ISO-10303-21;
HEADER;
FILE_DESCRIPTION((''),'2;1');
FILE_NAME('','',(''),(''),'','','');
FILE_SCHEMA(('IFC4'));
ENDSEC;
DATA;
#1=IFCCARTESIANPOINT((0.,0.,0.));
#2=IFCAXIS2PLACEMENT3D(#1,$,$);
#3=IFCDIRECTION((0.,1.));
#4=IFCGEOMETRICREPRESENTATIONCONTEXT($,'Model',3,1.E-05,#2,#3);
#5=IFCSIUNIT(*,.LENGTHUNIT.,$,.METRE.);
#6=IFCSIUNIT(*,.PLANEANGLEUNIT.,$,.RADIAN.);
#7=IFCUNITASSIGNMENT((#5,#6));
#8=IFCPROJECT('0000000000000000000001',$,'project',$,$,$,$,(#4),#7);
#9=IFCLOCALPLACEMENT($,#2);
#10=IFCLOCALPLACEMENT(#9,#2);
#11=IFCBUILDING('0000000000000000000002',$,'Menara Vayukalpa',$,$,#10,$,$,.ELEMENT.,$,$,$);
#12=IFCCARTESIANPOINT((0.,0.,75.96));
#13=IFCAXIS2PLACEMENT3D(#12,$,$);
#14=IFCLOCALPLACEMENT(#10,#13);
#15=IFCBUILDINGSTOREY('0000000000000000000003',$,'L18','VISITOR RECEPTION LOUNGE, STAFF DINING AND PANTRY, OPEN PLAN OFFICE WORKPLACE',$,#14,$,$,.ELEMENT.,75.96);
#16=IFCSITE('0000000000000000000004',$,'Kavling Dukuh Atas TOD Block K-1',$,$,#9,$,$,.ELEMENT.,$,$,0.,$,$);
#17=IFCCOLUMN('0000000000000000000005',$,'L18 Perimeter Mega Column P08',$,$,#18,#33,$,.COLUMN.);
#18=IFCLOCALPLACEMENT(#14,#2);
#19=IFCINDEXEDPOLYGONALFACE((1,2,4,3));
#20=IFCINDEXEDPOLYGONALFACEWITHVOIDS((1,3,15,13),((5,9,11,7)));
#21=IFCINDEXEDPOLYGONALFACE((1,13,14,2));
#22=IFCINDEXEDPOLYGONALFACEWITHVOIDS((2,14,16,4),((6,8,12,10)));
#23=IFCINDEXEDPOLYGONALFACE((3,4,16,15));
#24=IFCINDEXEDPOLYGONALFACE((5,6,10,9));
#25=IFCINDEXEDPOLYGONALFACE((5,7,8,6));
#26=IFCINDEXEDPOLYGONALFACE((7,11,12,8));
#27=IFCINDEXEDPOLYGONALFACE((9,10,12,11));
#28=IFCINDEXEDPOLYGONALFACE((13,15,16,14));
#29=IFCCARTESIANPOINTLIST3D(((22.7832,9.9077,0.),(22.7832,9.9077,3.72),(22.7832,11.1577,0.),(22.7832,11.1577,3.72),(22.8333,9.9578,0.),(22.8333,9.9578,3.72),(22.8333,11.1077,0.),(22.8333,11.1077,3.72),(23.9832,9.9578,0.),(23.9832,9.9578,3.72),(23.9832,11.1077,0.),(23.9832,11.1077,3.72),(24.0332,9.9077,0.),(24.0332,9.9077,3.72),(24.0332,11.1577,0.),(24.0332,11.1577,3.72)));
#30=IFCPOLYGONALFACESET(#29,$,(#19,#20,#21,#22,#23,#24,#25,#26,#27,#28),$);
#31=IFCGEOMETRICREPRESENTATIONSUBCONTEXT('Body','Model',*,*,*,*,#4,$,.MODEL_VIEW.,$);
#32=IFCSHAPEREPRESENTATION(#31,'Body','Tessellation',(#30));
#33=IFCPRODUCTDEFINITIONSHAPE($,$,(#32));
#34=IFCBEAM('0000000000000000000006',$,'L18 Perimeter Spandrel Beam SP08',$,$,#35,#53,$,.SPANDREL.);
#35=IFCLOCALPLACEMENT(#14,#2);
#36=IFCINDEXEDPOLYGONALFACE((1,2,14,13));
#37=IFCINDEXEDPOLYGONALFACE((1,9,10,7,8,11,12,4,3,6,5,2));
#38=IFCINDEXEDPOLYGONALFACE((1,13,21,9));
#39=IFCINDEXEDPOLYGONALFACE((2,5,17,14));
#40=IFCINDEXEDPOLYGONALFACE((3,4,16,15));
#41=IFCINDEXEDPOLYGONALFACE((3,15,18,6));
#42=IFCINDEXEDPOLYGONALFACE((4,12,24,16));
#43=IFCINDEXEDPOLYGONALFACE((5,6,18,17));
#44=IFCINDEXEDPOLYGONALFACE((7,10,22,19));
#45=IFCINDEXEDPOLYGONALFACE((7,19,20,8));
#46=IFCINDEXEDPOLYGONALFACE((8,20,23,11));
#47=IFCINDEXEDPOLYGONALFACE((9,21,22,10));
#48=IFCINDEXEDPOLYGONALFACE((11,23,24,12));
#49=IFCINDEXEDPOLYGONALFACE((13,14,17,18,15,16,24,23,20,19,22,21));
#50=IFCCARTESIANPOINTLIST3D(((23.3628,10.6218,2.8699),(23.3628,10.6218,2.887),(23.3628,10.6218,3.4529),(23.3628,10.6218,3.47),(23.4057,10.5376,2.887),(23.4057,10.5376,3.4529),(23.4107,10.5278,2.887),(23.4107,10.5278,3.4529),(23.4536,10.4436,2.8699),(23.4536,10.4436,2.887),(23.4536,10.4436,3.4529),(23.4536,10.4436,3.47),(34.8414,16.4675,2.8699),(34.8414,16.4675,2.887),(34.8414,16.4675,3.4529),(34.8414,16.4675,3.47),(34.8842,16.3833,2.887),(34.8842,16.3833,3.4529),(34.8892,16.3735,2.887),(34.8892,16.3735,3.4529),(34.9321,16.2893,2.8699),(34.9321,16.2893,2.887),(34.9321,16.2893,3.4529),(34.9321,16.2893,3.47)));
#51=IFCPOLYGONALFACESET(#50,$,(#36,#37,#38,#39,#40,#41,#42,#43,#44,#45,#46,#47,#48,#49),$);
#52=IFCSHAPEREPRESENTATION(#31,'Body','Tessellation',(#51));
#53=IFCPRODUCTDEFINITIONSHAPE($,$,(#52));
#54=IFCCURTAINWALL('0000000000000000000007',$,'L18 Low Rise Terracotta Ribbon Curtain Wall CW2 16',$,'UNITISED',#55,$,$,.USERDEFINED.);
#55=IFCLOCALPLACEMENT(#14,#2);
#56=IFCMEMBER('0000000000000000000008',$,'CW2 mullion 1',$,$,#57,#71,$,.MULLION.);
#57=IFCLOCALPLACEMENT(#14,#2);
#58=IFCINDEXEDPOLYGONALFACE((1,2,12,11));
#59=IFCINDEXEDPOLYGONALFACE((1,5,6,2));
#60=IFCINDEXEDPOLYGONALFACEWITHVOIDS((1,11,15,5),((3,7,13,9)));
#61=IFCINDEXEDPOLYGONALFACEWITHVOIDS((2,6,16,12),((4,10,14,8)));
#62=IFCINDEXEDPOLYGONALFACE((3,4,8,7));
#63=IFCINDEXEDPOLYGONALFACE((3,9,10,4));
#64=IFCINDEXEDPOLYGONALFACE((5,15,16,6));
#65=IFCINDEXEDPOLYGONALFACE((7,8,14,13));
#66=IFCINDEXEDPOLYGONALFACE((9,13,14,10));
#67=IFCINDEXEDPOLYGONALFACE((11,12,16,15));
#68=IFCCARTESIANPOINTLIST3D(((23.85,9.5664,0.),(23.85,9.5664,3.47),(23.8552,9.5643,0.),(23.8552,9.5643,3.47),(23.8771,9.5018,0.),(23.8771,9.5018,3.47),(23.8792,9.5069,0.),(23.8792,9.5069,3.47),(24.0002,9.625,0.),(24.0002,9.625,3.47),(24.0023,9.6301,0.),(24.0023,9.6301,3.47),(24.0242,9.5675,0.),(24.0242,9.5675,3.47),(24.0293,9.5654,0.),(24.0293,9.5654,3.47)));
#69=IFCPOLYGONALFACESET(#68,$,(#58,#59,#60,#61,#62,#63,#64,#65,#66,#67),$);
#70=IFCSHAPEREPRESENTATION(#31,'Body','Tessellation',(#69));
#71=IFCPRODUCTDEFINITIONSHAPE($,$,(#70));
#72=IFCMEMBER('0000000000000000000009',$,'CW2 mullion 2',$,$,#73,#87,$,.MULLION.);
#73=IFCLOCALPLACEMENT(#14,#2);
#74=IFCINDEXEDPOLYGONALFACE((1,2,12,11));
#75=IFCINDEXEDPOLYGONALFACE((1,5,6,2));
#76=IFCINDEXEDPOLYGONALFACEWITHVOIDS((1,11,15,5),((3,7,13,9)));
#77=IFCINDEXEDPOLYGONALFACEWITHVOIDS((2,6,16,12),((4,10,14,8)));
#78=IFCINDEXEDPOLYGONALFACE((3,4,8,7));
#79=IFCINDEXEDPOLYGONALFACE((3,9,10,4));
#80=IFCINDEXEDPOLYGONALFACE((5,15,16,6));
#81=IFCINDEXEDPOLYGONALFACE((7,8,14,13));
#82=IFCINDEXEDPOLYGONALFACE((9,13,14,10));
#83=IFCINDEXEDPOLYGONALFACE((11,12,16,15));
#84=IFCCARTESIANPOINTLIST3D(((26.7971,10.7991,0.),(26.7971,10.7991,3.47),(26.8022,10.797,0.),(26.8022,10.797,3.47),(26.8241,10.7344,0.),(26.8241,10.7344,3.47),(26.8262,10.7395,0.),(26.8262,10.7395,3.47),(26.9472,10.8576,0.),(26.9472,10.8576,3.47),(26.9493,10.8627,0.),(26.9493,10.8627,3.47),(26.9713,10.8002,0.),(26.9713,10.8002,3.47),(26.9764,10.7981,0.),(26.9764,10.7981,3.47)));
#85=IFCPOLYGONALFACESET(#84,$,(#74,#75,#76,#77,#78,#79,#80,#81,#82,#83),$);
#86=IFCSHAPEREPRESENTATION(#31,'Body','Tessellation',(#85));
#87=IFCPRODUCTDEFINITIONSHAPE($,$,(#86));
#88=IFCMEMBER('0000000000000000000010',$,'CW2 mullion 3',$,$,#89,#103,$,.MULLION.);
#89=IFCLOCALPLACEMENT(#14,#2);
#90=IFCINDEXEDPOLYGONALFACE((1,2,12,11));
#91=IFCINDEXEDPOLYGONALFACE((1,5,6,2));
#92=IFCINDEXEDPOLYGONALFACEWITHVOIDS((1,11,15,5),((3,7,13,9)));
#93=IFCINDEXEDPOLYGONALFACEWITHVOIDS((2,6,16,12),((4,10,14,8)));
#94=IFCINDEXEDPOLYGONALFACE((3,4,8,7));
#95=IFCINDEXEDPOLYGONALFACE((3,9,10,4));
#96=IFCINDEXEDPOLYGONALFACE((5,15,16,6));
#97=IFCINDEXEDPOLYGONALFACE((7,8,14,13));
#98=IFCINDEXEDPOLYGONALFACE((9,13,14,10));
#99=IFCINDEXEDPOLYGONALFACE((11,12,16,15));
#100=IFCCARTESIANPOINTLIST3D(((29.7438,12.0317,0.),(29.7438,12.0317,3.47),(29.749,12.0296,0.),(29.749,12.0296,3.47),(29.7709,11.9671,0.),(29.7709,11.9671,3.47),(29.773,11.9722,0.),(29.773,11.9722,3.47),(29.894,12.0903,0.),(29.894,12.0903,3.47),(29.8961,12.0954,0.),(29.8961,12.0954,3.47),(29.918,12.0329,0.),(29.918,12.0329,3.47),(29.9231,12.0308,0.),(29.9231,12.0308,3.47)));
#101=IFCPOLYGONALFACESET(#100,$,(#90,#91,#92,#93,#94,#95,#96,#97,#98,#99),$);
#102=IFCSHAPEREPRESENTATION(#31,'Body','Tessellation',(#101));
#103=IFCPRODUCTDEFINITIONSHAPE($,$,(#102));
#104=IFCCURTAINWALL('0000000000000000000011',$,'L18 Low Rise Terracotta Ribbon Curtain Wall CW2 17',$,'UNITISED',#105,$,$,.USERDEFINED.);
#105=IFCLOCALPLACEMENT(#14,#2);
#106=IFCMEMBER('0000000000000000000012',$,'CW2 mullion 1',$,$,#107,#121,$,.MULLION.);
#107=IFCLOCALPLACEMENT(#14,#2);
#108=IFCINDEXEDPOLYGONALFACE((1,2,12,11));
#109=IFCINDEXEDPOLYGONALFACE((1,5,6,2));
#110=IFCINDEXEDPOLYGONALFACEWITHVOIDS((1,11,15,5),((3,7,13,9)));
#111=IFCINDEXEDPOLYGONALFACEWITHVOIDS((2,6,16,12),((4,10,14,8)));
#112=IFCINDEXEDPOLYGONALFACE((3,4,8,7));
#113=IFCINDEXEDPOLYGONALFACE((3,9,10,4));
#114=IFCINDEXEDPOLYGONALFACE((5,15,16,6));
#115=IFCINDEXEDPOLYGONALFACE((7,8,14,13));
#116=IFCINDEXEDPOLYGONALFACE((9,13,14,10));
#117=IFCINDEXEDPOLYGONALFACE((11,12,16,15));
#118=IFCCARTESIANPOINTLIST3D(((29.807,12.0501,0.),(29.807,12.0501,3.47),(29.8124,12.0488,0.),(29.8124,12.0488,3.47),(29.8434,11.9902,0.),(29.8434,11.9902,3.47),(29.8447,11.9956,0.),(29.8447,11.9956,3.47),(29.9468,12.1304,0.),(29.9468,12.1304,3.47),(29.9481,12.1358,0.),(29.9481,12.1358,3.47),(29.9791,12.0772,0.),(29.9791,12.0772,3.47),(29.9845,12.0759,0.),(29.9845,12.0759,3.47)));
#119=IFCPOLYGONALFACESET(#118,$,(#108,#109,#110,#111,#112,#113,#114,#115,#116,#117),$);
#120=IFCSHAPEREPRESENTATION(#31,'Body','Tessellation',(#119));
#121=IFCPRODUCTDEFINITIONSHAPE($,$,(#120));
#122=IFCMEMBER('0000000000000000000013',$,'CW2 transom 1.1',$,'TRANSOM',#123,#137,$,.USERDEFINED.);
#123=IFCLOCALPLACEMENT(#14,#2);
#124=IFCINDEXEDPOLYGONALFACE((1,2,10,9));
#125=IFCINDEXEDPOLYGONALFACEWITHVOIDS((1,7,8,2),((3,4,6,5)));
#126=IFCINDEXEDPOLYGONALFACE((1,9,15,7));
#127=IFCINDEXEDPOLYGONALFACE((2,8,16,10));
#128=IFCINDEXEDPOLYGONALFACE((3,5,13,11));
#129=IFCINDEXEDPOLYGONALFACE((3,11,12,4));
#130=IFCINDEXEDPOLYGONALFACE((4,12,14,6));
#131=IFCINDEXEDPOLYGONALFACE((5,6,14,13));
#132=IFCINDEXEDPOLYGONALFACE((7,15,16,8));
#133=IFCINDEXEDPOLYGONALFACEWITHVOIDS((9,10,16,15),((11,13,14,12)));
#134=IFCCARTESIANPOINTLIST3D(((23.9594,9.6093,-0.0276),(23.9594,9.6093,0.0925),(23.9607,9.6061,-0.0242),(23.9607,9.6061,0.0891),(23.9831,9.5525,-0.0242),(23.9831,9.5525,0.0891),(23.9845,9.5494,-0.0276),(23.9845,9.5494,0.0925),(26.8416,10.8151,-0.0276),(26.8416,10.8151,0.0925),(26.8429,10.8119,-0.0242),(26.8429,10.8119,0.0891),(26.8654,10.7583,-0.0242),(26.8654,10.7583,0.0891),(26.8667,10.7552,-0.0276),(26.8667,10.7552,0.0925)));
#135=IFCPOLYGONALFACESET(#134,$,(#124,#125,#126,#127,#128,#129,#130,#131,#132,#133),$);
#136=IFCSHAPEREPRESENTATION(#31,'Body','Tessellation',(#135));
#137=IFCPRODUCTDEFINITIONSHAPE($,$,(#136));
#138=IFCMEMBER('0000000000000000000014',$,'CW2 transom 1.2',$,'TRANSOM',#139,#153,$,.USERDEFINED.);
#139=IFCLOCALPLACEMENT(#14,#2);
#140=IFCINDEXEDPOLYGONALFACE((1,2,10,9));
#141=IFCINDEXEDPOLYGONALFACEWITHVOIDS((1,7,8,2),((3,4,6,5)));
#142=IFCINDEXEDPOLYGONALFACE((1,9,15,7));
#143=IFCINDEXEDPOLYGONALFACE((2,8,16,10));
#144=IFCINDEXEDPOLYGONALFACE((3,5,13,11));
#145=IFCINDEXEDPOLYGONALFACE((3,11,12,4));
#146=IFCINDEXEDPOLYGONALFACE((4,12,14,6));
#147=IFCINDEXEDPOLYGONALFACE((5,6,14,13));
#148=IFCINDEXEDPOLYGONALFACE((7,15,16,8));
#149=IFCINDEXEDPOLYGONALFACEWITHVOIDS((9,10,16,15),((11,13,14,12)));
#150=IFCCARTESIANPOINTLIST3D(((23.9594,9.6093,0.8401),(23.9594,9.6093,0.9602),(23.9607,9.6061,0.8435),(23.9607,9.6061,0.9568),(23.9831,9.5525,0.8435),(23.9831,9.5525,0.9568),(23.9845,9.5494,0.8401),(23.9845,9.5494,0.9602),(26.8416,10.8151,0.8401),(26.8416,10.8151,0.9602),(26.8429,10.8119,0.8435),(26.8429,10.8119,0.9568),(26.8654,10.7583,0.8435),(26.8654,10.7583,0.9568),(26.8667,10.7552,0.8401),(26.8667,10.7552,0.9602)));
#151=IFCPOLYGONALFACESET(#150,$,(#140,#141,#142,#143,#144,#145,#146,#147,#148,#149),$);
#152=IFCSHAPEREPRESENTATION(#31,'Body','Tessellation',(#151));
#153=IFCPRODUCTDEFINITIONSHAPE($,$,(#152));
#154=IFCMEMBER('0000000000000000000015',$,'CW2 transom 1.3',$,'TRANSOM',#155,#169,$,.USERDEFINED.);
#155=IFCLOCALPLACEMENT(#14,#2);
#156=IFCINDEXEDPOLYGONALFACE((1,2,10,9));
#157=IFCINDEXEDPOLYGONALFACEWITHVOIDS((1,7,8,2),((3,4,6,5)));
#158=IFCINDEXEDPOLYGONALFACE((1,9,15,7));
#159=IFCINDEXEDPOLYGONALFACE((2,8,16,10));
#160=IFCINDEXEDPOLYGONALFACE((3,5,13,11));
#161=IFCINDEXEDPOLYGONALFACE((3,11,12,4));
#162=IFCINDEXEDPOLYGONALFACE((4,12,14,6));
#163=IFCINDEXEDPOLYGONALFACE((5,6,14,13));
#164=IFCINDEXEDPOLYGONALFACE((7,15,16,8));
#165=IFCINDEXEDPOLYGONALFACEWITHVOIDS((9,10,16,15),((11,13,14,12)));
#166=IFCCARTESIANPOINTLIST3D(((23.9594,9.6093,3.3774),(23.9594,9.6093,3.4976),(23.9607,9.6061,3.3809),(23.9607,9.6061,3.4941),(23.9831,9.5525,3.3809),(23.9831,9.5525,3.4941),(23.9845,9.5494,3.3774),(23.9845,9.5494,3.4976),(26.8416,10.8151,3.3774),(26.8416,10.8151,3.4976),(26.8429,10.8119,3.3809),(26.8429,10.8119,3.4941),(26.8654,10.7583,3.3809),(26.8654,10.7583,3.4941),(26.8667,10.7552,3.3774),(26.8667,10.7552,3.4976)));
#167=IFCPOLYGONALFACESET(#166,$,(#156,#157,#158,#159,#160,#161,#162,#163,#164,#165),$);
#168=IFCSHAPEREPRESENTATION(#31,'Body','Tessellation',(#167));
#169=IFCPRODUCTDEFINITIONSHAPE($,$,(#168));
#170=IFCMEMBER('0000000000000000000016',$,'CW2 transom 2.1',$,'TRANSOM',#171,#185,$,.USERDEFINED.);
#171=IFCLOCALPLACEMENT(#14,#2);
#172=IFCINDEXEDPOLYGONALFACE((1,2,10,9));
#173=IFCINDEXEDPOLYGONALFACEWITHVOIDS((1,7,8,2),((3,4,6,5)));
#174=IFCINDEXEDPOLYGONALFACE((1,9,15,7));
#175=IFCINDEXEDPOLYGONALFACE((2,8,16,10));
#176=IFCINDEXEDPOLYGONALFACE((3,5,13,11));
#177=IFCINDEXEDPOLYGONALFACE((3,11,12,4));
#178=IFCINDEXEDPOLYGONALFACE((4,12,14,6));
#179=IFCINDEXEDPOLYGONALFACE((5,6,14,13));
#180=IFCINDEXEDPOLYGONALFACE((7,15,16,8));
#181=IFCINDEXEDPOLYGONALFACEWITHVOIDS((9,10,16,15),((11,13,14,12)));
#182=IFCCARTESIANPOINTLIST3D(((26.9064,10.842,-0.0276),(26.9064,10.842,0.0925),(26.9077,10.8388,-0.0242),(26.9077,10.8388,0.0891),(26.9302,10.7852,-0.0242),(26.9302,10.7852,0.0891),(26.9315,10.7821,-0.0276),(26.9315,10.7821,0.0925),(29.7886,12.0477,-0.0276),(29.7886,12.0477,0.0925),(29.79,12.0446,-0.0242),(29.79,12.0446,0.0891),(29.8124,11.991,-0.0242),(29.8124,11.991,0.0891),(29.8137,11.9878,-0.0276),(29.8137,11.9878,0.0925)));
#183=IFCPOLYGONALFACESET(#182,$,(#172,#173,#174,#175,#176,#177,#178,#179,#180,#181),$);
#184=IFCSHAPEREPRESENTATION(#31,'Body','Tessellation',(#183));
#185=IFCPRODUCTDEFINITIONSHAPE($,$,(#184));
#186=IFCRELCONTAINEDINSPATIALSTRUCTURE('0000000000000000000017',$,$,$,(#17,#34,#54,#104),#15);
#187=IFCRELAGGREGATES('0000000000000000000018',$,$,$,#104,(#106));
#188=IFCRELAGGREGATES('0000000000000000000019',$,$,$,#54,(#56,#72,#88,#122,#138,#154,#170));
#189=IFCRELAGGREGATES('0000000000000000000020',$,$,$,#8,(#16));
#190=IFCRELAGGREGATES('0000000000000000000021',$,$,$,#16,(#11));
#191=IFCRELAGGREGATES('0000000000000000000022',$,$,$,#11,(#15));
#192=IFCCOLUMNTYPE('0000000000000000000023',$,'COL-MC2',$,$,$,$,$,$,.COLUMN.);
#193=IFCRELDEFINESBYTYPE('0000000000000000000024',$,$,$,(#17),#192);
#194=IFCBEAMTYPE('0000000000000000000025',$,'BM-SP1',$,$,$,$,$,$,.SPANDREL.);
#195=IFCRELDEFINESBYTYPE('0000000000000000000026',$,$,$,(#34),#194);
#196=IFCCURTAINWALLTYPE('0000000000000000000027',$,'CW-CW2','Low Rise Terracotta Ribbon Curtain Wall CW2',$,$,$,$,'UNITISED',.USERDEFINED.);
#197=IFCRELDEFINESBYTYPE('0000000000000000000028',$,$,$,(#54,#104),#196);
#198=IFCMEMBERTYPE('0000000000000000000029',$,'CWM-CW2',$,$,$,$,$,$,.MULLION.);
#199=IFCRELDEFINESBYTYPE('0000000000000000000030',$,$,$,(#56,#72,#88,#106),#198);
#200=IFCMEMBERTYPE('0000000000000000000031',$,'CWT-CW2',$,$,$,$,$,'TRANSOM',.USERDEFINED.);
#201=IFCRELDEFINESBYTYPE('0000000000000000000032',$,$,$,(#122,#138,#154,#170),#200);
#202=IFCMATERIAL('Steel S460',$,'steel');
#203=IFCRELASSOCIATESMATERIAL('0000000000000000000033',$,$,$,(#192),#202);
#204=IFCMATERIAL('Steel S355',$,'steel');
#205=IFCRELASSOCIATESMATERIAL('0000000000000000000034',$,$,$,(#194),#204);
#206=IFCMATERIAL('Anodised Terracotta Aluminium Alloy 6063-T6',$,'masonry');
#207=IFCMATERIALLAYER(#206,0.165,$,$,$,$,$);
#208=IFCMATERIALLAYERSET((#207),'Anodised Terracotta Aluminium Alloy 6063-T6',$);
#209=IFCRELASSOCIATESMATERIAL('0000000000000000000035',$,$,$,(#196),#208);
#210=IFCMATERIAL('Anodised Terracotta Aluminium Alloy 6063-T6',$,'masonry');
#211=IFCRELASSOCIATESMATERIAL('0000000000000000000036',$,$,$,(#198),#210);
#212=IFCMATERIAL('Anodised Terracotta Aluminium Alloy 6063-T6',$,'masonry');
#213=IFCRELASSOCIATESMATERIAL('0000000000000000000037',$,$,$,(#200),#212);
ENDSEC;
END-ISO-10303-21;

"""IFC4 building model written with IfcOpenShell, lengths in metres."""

from ifc_helpers import new_model, si_unit, direction, frame, origin, origin_2d, place, context, subcontext, project, spatial, hollow_rectangle, i_section, extrude, material, layer, layer_set, material_profile, profile_set, type_object, element, aggregate, save


model = new_model("IFC4")

# Units and contexts
model_context = context("Model", 3, precision=1e-05, world=origin(), true_north=direction((0.0, 1.0)))
body_context = subcontext(model_context, "Body", "Model", "MODEL_VIEW")
ifc_project = project(units=[si_unit("LENGTHUNIT", "METRE"), si_unit("PLANEANGLEUNIT", "RADIAN")], contexts=[model_context])

# Site, building, storey
site_placement = place(None, origin())
site = spatial("IfcSite", under=ifc_project, at=site_placement, Name="Kavling Dukuh Atas TOD Block K-1", CompositionType="ELEMENT", RefElevation=0.0)
building_placement = place(site_placement, origin())
building = spatial("IfcBuilding", under=site, at=building_placement, Name="Menara Vayukalpa", CompositionType="ELEMENT")
storey_placement = place(building_placement, frame((0.0, 0.0, 75.96)))
storey = spatial("IfcBuildingStorey", under=building, at=storey_placement, Name="L18", Description="VISITOR RECEPTION LOUNGE, STAFF DINING AND PANTRY, OPEN PLAN OFFICE WORKPLACE", CompositionType="ELEMENT", Elevation=75.96)

# Column
ifc_material_1 = material(Name="Steel S460", Category="steel")
ifc_material_profile_1 = material_profile(ifc_material_1, hollow_rectangle(XDim=1.25, YDim=1.25, WallThickness=0.05, at=origin_2d()), Name="BOX 1250x1250x50")
ifc_profile_set_1 = profile_set([ifc_material_profile_1], Name="Steel S460")
column_type = type_object("IfcColumnType", Name="COL-MC2", PredefinedType="COLUMN", material=ifc_profile_set_1)
column_placement = place(storey_placement, frame((23.4082, 10.5327, 0.0), z_axis=(0.0, 0.0, 1.0), x_axis=(1.0, 0.0, 0.0)))
element("IfcColumn", 1, at=column_placement, inside=storey, type_object=column_type, Name="L18 Perimeter Mega Column P08", PredefinedType="COLUMN", context=body_context, shape_type="SweptSolid", body=[
    extrude(hollow_rectangle(XDim=1.25, YDim=1.25, WallThickness=0.05, at=origin_2d()), origin(), (0.0, 0.0, 1.0), 3.72),
])

# Beam
ifc_material_2 = material(Name="Steel S355", Category="steel")
ifc_material_profile_2 = material_profile(ifc_material_2, i_section(OverallWidth=0.2, OverallDepth=0.6001, WebThickness=0.011, FlangeThickness=0.0171, at=origin_2d()), Name="WF 600x200x11x17")
ifc_profile_set_2 = profile_set([ifc_material_profile_2], Name="Steel S355")
beam_type = type_object("IfcBeamType", Name="BM-SP1", PredefinedType="SPANDREL", material=ifc_profile_set_2)
beam_placement = place(storey_placement, frame((23.4082, 10.5327, 3.1699), z_axis=(0.891097, 0.453812, 0.0), x_axis=(-0.453812, 0.891097, 0.0)))
element("IfcBeam", 2, at=beam_placement, inside=storey, type_object=beam_type, Name="L18 Perimeter Spandrel Beam SP08", PredefinedType="SPANDREL", context=body_context, shape_type="SweptSolid", body=[
    extrude(i_section(OverallWidth=0.2, OverallDepth=0.6001, WebThickness=0.011, FlangeThickness=0.0171, at=origin_2d()), origin(), (0.0, 0.0, 1.0), 12.8813),
])

# Curtain wall, members
ifc_material_3 = material(Name="Anodised Terracotta Aluminium Alloy 6063-T6", Category="masonry")
ifc_layer_1 = layer(ifc_material_3, 0.165)
ifc_layer_set_1 = layer_set([ifc_layer_1], Name="Anodised Terracotta Aluminium Alloy 6063-T6")
curtain_wall_type = type_object("IfcCurtainWallType", Name="CW-CW2", Description="Low Rise Terracotta Ribbon Curtain Wall CW2", ElementType="UNITISED", PredefinedType="USERDEFINED", material=ifc_layer_set_1)
curtain_wall_1_placement = place(storey_placement, origin())
curtain_wall_1 = element("IfcCurtainWall", 3, at=curtain_wall_1_placement, inside=storey, type_object=curtain_wall_type, Name="L18 Low Rise Terracotta Ribbon Curtain Wall CW2 16", ObjectType="UNITISED", PredefinedType="USERDEFINED")
ifc_material_4 = material(Name="Anodised Terracotta Aluminium Alloy 6063-T6", Category="masonry")
ifc_material_profile_3 = material_profile(ifc_material_4, hollow_rectangle(XDim=0.0701, YDim=0.165, WallThickness=0.0039, at=origin_2d()), Name="ALU 70x165x4")
ifc_profile_set_3 = profile_set([ifc_material_profile_3], Name="Anodised Terracotta Aluminium Alloy 6063-T6")
member_type_1 = type_object("IfcMemberType", Name="CWM-CW2", PredefinedType="MULLION", material=ifc_profile_set_3)
member_1_placement = place(storey_placement, frame((23.9397, 9.5659, 0.0), z_axis=(0.0, 0.0, 1.0), x_axis=(-0.385894, 0.922543, 0.0)))
member_1 = element("IfcMember", 4, at=member_1_placement, type_object=member_type_1, Name="CW2 mullion 1", PredefinedType="MULLION", context=body_context, shape_type="SweptSolid", body=[
    extrude(hollow_rectangle(XDim=0.0701, YDim=0.165, WallThickness=0.0039, at=origin_2d()), origin(), (0.0, 0.0, 1.0), 3.47),
])
member_2_placement = place(storey_placement, frame((26.8867, 10.7986, 0.0), z_axis=(0.0, 0.0, 1.0), x_axis=(-0.385894, 0.922543, 0.0)))
member_2 = element("IfcMember", 5, at=member_2_placement, type_object=member_type_1, Name="CW2 mullion 2", PredefinedType="MULLION", context=body_context, shape_type="SweptSolid", body=[
    extrude(hollow_rectangle(XDim=0.0701, YDim=0.165, WallThickness=0.0039, at=origin_2d()), origin(), (0.0, 0.0, 1.0), 3.47),
])
member_3_placement = place(storey_placement, frame((29.8335, 12.0312, 0.0), z_axis=(0.0, 0.0, 1.0), x_axis=(-0.385894, 0.922543, 0.0)))
member_3 = element("IfcMember", 6, at=member_3_placement, type_object=member_type_1, Name="CW2 mullion 3", PredefinedType="MULLION", context=body_context, shape_type="SweptSolid", body=[
    extrude(hollow_rectangle(XDim=0.0701, YDim=0.165, WallThickness=0.0039, at=origin_2d()), origin(), (0.0, 0.0, 1.0), 3.47),
])

# Curtain wall, member
curtain_wall_2_placement = place(storey_placement, origin())
curtain_wall_2 = element("IfcCurtainWall", 7, at=curtain_wall_2_placement, inside=storey, type_object=curtain_wall_type, Name="L18 Low Rise Terracotta Ribbon Curtain Wall CW2 17", ObjectType="UNITISED", PredefinedType="USERDEFINED")
member_4_placement = place(storey_placement, frame((29.8958, 12.063, 0.0), z_axis=(0.0, 0.0, 1.0), x_axis=(-0.519183, 0.854663, 0.0)))
member_4 = element("IfcMember", 8, at=member_4_placement, type_object=member_type_1, Name="CW2 mullion 1", PredefinedType="MULLION", context=body_context, shape_type="SweptSolid", body=[
    extrude(hollow_rectangle(XDim=0.0701, YDim=0.165, WallThickness=0.0039, at=origin_2d()), origin(), (0.0, 0.0, 1.0), 3.47),
])
aggregate(curtain_wall_2, [member_4])

# Members
ifc_material_5 = material(Name="Anodised Terracotta Aluminium Alloy 6063-T6", Category="masonry")
ifc_material_profile_4 = material_profile(ifc_material_5, hollow_rectangle(XDim=0.0649, YDim=0.1201, WallThickness=0.0034, at=origin_2d()), Name="ALU 65x120x3.5")
ifc_profile_set_4 = profile_set([ifc_material_profile_4], Name="Anodised Terracotta Aluminium Alloy 6063-T6")
member_type_2 = type_object("IfcMemberType", Name="CWT-CW2", ElementType="TRANSOM", PredefinedType="USERDEFINED", material=ifc_profile_set_4)
member_5_placement = place(storey_placement, frame((23.9719, 9.5793, 0.0325), z_axis=(0.922526, 0.385936, 0.0), x_axis=(-0.385936, 0.922526, 0.0)))
member_5 = element("IfcMember", 9, at=member_5_placement, type_object=member_type_2, Name="CW2 transom 1.1", ObjectType="TRANSOM", PredefinedType="USERDEFINED", context=body_context, shape_type="SweptSolid", body=[
    extrude(hollow_rectangle(XDim=0.0649, YDim=0.1201, WallThickness=0.0034, at=origin_2d()), origin(), (0.0, 0.0, 1.0), 3.1243),
])
member_6_placement = place(storey_placement, frame((23.9719, 9.5793, 0.9001), z_axis=(0.922526, 0.385936, 0.0), x_axis=(-0.385936, 0.922526, 0.0)))
member_6 = element("IfcMember", 10, at=member_6_placement, type_object=member_type_2, Name="CW2 transom 1.2", ObjectType="TRANSOM", PredefinedType="USERDEFINED", context=body_context, shape_type="SweptSolid", body=[
    extrude(hollow_rectangle(XDim=0.0649, YDim=0.1201, WallThickness=0.0034, at=origin_2d()), origin(), (0.0, 0.0, 1.0), 3.1243),
])
member_7_placement = place(storey_placement, frame((23.9719, 9.5793, 3.4375), z_axis=(0.922526, 0.385936, 0.0), x_axis=(-0.385936, 0.922526, 0.0)))
member_7 = element("IfcMember", 11, at=member_7_placement, type_object=member_type_2, Name="CW2 transom 1.3", ObjectType="TRANSOM", PredefinedType="USERDEFINED", context=body_context, shape_type="SweptSolid", body=[
    extrude(hollow_rectangle(XDim=0.0649, YDim=0.1201, WallThickness=0.0034, at=origin_2d()), origin(), (0.0, 0.0, 1.0), 3.1243),
])
member_8_placement = place(storey_placement, frame((26.9189, 10.812, 0.0325), z_axis=(0.922526, 0.385936, 0.0), x_axis=(-0.385936, 0.922526, 0.0)))
member_8 = element("IfcMember", 12, at=member_8_placement, type_object=member_type_2, Name="CW2 transom 2.1", ObjectType="TRANSOM", PredefinedType="USERDEFINED", context=body_context, shape_type="SweptSolid", body=[
    extrude(hollow_rectangle(XDim=0.0649, YDim=0.1201, WallThickness=0.0034, at=origin_2d()), origin(), (0.0, 0.0, 1.0), 3.1243),
])

aggregate(curtain_wall_1, [member_1, member_2, member_3, member_5, member_6, member_7, member_8])

save(model, "model.ifc")
